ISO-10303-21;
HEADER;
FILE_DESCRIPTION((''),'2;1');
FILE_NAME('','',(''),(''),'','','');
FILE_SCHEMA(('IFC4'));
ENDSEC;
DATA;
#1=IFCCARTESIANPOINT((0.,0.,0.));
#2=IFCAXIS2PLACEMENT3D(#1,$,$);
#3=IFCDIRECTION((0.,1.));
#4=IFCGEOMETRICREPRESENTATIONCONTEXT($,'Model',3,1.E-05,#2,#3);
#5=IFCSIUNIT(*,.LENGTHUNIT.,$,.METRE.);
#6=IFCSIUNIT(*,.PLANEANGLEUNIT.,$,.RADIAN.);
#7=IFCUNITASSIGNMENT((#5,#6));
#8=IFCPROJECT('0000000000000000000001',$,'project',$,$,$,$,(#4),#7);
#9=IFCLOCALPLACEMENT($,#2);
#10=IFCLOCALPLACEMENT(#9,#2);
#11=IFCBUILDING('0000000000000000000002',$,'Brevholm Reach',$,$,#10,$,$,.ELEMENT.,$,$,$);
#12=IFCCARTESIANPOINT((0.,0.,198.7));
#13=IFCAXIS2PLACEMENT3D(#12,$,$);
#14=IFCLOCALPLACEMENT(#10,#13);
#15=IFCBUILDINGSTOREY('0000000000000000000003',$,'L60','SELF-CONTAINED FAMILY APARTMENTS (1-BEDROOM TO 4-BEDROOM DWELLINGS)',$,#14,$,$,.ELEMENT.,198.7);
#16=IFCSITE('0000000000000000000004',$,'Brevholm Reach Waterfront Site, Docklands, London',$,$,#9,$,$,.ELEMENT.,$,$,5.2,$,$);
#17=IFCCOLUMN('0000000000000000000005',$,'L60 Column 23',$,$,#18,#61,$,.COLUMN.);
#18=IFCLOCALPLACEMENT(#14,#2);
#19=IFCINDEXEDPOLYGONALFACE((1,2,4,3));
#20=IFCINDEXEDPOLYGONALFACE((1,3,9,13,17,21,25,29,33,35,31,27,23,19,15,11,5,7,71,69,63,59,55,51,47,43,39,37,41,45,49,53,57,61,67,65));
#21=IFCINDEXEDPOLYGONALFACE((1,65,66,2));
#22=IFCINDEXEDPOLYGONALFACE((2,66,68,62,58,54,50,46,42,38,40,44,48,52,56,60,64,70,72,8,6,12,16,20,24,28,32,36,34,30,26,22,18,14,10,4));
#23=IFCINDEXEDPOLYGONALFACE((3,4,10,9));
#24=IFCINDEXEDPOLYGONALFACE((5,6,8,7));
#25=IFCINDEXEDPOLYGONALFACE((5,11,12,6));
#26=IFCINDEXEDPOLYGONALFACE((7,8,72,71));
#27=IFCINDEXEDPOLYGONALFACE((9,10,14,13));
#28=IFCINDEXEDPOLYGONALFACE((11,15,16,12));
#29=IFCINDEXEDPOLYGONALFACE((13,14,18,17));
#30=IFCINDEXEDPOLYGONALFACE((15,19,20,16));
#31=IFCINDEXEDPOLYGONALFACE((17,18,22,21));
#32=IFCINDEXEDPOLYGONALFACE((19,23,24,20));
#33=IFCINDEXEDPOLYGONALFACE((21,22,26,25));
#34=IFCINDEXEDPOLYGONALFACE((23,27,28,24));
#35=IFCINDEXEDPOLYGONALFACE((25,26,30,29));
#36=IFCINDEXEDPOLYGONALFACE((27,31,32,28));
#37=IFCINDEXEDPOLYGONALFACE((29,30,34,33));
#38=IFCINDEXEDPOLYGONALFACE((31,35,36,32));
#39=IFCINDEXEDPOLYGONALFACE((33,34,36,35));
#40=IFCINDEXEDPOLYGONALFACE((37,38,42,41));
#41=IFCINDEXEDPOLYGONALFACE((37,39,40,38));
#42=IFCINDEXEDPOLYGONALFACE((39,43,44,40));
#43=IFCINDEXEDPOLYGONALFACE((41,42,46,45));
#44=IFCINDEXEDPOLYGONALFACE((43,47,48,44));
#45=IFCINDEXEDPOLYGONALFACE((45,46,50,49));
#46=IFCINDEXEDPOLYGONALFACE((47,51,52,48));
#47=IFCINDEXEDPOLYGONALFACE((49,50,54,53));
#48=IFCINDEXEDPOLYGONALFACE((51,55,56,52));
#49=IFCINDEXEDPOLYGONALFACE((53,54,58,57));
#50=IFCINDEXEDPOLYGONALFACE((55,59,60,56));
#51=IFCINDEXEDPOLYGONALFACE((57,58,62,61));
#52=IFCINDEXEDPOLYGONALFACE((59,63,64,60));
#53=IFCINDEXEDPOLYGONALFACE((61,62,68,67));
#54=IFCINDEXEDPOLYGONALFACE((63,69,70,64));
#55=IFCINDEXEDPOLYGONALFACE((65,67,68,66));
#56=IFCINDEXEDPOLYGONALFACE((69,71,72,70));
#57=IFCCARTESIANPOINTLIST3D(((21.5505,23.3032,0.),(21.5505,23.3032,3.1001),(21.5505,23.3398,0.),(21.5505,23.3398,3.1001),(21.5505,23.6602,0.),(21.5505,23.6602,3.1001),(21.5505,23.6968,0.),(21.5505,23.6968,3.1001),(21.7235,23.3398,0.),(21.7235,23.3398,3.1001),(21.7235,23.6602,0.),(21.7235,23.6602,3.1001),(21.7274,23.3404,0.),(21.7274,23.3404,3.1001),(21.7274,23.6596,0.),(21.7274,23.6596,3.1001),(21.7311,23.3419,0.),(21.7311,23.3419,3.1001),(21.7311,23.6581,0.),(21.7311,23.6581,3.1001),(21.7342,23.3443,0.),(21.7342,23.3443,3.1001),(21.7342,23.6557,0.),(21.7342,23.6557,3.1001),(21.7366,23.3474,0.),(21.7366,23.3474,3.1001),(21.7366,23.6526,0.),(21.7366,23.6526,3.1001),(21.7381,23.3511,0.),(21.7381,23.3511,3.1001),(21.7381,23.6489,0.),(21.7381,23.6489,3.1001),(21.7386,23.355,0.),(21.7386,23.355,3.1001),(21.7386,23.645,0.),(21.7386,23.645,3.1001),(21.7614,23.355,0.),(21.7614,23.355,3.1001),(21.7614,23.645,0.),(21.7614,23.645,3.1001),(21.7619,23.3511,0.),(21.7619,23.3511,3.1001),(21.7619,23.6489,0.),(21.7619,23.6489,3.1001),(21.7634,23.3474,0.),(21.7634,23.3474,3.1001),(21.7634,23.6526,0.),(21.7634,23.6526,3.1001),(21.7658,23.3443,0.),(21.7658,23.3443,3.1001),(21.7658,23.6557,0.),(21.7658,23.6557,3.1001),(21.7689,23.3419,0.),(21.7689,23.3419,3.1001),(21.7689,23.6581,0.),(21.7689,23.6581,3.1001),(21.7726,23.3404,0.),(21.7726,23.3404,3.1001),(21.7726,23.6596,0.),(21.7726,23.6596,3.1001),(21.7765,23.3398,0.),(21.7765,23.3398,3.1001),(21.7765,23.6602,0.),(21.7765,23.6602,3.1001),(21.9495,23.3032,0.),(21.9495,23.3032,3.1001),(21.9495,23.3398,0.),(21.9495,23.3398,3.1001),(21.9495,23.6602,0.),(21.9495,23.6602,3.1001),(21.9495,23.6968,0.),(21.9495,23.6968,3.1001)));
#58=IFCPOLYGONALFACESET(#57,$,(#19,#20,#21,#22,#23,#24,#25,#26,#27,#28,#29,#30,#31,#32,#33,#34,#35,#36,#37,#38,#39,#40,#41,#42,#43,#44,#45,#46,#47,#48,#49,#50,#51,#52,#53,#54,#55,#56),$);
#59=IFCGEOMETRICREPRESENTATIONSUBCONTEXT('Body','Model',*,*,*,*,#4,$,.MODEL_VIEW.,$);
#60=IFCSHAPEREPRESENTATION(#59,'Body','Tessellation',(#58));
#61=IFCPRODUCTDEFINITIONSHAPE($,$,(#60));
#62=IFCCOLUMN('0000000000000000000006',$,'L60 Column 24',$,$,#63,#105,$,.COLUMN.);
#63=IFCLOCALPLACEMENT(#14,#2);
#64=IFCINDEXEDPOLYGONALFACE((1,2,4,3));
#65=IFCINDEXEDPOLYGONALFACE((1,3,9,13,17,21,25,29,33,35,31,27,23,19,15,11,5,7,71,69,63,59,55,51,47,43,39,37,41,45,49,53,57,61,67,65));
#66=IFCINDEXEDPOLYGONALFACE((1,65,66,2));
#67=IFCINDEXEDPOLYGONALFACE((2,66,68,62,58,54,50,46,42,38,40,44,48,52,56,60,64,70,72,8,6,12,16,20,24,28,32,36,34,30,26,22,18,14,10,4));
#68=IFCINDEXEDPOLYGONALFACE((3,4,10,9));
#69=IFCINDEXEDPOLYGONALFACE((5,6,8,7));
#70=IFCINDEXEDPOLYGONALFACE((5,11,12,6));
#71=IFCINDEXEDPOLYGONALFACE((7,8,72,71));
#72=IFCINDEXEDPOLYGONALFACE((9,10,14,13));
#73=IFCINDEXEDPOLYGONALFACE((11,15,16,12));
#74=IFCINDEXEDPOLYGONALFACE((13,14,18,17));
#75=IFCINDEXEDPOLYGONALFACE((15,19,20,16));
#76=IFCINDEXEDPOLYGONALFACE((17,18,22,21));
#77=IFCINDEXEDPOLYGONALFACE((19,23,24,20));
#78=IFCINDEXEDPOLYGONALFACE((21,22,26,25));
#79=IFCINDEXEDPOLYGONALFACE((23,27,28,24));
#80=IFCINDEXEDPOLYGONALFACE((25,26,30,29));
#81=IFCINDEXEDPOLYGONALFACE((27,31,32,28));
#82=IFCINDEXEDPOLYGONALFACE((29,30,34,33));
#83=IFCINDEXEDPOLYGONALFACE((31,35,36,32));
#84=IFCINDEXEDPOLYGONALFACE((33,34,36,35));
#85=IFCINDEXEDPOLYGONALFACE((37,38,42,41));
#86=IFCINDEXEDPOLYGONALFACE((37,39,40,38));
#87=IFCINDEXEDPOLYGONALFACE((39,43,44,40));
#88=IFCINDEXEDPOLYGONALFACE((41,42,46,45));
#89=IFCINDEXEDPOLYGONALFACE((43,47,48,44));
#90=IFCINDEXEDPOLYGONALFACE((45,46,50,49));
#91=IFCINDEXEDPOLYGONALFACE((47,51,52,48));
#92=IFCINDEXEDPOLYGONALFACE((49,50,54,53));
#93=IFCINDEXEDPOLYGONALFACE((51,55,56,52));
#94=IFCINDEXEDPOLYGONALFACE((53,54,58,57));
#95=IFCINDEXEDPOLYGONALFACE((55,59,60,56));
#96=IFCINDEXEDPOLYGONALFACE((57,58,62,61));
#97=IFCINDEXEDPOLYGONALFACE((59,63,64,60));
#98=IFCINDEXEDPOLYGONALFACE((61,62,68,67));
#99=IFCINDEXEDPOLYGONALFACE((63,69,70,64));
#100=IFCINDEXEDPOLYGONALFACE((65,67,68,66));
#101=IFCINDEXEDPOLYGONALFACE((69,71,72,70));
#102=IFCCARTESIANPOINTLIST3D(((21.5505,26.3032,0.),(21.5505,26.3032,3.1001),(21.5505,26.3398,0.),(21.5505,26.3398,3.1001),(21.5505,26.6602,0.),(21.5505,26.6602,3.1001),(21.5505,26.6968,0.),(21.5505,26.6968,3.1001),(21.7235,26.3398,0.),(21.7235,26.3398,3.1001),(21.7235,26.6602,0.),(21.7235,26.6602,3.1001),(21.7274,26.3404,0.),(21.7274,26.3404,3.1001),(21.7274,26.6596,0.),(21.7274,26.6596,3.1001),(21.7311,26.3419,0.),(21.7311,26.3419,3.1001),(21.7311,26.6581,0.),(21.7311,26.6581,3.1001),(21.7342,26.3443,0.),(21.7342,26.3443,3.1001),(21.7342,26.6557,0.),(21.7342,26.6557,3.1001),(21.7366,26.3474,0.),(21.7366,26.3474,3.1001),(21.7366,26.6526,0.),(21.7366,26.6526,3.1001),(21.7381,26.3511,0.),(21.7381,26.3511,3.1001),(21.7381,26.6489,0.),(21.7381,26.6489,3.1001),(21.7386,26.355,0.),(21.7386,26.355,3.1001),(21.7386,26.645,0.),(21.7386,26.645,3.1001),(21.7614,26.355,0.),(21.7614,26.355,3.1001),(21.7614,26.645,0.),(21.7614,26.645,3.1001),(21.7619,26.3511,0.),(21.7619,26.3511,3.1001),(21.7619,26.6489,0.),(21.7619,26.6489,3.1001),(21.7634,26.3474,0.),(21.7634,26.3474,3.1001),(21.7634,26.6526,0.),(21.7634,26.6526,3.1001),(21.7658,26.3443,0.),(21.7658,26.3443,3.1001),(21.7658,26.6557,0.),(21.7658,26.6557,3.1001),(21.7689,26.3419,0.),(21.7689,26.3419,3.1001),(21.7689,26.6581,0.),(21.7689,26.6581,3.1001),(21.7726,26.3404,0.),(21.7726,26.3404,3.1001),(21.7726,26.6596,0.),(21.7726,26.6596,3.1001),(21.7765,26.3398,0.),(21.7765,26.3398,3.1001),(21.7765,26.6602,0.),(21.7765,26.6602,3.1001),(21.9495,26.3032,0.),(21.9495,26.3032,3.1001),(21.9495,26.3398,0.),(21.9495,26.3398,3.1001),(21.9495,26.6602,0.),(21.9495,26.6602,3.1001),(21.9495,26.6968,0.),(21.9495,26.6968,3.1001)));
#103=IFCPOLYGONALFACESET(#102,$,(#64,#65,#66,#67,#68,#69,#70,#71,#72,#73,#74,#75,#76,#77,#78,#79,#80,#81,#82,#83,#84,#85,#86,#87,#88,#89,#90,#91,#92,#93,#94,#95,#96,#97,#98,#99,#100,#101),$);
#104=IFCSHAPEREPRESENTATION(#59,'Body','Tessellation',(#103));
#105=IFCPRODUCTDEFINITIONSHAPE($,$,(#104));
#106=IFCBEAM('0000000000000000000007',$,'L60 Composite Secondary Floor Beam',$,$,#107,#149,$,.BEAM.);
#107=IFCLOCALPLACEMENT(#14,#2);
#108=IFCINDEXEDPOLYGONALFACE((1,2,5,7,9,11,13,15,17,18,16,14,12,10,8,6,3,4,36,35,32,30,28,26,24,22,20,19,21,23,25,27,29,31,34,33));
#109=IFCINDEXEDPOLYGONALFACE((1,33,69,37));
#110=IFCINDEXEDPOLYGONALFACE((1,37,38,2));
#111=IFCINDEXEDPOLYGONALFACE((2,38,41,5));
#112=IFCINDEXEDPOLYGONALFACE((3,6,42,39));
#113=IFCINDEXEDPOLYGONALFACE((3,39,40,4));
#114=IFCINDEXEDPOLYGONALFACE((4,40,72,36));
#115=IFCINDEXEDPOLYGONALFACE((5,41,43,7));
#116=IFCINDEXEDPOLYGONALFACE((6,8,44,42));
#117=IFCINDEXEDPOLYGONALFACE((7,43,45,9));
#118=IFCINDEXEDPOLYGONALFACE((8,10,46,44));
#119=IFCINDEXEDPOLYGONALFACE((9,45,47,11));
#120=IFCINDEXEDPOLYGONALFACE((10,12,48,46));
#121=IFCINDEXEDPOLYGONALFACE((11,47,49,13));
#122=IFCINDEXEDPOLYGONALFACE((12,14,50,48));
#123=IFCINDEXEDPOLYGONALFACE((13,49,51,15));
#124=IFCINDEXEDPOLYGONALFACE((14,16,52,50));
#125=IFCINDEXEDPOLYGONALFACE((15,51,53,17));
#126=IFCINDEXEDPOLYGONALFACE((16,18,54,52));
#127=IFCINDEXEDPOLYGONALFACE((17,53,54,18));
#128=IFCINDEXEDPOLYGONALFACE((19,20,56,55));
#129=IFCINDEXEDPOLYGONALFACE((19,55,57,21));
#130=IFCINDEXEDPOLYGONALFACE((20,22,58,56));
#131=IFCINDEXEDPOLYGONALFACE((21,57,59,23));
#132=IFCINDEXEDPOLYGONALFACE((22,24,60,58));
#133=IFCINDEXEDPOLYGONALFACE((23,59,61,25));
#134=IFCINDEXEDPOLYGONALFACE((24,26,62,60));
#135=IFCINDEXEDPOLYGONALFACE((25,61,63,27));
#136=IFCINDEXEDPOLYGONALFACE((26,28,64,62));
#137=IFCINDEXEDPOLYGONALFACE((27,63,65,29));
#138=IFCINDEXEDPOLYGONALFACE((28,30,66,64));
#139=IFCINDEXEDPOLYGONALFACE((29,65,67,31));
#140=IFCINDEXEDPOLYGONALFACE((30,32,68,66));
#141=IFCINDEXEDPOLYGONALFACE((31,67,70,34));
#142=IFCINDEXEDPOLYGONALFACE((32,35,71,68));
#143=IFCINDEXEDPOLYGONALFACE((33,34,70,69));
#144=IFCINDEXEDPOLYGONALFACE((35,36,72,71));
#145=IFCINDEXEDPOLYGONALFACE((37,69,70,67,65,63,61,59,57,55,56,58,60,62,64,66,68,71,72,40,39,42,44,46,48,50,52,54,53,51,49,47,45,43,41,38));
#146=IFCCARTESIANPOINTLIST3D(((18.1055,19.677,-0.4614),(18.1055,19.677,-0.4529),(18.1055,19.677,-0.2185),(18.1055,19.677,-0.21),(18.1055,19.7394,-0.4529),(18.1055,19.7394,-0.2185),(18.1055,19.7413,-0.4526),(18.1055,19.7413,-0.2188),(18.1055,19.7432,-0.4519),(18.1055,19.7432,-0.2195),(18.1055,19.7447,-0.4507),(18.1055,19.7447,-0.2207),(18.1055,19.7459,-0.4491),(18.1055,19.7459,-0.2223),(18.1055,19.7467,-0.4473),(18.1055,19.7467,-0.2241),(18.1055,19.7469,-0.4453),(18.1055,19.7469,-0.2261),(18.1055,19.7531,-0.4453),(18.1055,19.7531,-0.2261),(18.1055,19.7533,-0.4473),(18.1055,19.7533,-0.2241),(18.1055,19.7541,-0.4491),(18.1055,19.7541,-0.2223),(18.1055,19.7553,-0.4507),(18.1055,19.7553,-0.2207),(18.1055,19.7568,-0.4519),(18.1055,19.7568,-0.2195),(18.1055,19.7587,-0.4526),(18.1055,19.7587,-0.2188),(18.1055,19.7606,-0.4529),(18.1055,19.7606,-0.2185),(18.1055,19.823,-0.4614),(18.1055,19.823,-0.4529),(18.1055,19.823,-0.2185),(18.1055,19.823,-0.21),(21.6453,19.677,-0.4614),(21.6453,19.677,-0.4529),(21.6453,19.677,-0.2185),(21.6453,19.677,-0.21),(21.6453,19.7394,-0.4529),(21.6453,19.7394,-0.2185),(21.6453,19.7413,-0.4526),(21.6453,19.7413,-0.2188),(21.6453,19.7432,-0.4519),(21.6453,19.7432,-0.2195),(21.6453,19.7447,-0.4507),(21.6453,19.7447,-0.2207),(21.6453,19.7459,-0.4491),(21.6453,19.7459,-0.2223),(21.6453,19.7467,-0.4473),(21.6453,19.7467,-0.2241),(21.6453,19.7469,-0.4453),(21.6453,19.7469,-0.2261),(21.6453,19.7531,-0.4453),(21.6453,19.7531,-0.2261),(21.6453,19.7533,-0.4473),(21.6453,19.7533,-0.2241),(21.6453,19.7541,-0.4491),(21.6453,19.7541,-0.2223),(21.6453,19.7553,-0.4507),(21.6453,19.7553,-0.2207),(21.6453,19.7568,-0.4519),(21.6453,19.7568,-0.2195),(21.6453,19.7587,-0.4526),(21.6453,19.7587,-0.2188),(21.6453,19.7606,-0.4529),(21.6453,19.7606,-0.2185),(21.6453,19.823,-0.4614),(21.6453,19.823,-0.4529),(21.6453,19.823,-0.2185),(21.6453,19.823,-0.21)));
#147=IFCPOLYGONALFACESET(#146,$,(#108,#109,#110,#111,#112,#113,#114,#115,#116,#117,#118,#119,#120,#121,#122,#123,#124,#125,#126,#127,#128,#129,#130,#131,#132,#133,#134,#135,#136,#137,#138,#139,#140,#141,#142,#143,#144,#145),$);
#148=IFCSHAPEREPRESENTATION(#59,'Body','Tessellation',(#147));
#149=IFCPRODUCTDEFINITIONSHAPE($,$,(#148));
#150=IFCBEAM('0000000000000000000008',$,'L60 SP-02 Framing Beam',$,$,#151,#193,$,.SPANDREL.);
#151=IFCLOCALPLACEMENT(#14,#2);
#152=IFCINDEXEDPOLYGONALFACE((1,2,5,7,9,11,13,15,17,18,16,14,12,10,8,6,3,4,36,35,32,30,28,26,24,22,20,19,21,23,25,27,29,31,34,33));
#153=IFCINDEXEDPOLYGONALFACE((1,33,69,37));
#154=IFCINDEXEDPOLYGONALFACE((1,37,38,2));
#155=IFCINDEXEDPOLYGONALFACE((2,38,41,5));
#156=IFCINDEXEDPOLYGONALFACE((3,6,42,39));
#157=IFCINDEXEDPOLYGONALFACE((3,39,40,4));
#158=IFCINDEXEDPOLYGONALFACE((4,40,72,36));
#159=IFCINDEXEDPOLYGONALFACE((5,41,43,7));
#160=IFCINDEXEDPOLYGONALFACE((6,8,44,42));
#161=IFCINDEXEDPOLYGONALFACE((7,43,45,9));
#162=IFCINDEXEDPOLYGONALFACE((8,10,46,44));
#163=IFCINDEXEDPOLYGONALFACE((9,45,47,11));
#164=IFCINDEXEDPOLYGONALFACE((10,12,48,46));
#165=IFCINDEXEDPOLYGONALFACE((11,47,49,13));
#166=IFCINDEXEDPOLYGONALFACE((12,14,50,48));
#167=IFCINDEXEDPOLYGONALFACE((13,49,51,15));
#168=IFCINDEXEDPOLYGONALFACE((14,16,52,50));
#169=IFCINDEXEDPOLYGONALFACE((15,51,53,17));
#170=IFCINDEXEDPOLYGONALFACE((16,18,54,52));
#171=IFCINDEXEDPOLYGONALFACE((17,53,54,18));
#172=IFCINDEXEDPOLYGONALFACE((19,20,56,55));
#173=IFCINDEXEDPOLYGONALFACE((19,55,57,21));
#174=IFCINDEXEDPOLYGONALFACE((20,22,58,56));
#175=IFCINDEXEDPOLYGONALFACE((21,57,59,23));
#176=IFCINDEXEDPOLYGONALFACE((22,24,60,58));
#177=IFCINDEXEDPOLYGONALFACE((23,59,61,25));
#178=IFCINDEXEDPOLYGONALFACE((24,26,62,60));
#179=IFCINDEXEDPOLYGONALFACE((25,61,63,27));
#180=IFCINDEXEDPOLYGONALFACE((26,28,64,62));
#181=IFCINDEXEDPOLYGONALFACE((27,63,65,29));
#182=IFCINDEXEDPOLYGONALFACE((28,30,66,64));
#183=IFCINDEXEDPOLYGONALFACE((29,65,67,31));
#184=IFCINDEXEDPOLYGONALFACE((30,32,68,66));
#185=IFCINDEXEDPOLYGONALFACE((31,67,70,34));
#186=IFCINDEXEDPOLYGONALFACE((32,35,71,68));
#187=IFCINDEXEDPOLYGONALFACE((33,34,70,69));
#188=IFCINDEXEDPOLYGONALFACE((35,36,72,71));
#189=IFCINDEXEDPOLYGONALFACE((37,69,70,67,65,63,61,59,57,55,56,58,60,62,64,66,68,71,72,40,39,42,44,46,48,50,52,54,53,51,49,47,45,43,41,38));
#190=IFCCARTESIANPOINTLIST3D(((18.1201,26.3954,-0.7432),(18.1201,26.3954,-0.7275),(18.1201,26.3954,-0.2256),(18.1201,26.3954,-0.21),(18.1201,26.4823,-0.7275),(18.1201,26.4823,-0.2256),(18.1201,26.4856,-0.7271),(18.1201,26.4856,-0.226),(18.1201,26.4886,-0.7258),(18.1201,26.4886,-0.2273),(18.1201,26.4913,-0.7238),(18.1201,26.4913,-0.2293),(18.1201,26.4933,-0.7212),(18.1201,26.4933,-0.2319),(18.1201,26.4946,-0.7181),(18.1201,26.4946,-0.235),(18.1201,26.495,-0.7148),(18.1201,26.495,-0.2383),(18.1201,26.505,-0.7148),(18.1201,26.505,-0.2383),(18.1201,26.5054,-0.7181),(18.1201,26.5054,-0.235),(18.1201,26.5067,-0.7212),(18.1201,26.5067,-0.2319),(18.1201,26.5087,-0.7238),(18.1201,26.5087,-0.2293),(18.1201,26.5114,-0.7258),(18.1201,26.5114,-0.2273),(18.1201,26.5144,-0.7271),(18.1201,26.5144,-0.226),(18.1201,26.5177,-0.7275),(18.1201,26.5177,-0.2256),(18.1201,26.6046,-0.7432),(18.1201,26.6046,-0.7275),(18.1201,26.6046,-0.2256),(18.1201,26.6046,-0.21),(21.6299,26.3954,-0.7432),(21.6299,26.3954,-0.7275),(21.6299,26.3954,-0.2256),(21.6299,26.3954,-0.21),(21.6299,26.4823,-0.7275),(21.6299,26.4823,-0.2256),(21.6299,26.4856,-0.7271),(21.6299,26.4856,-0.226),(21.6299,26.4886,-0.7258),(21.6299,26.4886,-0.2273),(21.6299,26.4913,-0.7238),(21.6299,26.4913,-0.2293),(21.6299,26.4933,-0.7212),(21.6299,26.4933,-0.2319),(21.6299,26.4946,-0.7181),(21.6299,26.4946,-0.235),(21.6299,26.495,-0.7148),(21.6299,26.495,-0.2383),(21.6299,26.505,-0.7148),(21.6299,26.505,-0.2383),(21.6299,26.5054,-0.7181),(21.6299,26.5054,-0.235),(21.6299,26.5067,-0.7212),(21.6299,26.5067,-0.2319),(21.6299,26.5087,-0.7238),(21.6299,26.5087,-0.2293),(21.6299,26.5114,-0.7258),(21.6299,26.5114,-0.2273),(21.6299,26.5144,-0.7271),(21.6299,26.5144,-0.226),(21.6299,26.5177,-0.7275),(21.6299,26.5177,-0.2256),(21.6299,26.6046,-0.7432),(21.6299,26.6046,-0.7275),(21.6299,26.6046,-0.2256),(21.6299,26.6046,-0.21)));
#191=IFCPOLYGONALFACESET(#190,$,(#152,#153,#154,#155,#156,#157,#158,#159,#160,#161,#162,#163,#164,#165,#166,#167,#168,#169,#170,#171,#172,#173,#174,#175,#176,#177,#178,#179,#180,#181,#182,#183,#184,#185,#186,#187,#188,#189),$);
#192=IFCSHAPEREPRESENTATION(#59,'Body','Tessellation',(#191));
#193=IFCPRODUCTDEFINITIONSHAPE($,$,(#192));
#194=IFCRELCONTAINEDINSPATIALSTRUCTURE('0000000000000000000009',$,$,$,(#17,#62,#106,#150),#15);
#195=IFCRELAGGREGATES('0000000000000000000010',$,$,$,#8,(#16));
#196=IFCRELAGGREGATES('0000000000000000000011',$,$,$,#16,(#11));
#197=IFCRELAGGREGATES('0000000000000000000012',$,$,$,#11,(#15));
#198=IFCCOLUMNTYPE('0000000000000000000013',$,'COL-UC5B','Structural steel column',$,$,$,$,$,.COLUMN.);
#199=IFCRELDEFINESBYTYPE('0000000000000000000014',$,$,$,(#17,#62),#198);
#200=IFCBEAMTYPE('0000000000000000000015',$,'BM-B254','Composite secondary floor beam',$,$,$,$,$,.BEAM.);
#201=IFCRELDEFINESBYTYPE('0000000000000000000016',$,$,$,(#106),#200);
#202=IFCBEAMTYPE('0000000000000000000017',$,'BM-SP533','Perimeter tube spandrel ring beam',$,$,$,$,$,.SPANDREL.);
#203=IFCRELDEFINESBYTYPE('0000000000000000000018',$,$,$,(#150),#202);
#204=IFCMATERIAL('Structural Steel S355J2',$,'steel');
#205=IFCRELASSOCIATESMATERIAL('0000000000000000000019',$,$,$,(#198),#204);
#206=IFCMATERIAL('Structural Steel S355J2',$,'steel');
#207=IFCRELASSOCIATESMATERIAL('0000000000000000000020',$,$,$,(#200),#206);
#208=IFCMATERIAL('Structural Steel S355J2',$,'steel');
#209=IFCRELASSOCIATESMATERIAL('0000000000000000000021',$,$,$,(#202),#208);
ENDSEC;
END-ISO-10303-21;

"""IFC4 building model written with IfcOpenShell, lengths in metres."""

from ifc_helpers import new_model, si_unit, direction, frame, origin, origin_2d, place, context, subcontext, project, spatial, i_section, extrude, material, material_profile, profile_set, type_object, element, save


model = new_model("IFC4")

# Units and contexts
model_context = context("Model", 3, precision=1e-05, world=origin(), true_north=direction((0.0, 1.0)))
body_context = subcontext(model_context, "Body", "Model", "MODEL_VIEW")
ifc_project = project(units=[si_unit("LENGTHUNIT", "METRE"), si_unit("PLANEANGLEUNIT", "RADIAN")], contexts=[model_context])

# Site, building, storey
site_placement = place(None, origin())
site = spatial("IfcSite", under=ifc_project, at=site_placement, Name="Brevholm Reach Waterfront Site, Docklands, London", CompositionType="ELEMENT", RefElevation=5.2)
building_placement = place(site_placement, origin())
building = spatial("IfcBuilding", under=site, at=building_placement, Name="Brevholm Reach", CompositionType="ELEMENT")
storey_placement = place(building_placement, frame((0.0, 0.0, 198.7)))
storey = spatial("IfcBuildingStorey", under=building, at=storey_placement, Name="L60", Description="SELF-CONTAINED FAMILY APARTMENTS (1-BEDROOM TO 4-BEDROOM DWELLINGS)", CompositionType="ELEMENT", Elevation=198.7)

# Columns
ifc_material_1 = material(Name="Structural Steel S355J2", Category="steel")
ifc_material_profile_1 = material_profile(ifc_material_1, i_section(OverallWidth=0.3989, OverallDepth=0.3936, WebThickness=0.0227, FlangeThickness=0.0366, FilletRadius=0.0151, at=origin_2d()), Name="UKC 356x406x287")
ifc_profile_set_1 = profile_set([ifc_material_profile_1], Name="Structural Steel S355J2")
column_type = type_object("IfcColumnType", Name="COL-UC5B", Description="Structural steel column", PredefinedType="COLUMN", material=ifc_profile_set_1)
for number, where, z_axis, x_axis, name in (
    (1, (21.75, 23.5, 0.0), (0.0, 0.0, 1.0), (1.0, 0.0, 0.0), "L60 Column 23"),
    (2, (21.75, 26.5, 0.0), (0.0, 0.0, 1.0), (1.0, 0.0, 0.0), "L60 Column 24"),
):
    element("IfcColumn", number, at=place(storey_placement, frame(where, z_axis=z_axis, x_axis=x_axis)), inside=storey, type_object=column_type, Name=name, PredefinedType="COLUMN", context=body_context, shape_type="SweptSolid", body=[
        extrude(i_section(OverallWidth=0.3989, OverallDepth=0.3936, WebThickness=0.0227, FlangeThickness=0.0366, FilletRadius=0.0151, at=origin_2d()), origin(), (0.0, 0.0, 1.0), 3.1001),
    ])

# Beams
ifc_material_2 = material(Name="Structural Steel S355J2", Category="steel")
ifc_material_profile_2 = material_profile(ifc_material_2, i_section(OverallWidth=0.146, OverallDepth=0.2515, WebThickness=0.0061, FlangeThickness=0.0085, FilletRadius=0.0076, at=origin_2d()), Name="UKB 254x146x31")
ifc_profile_set_2 = profile_set([ifc_material_profile_2], Name="Structural Steel S355J2")
beam_type_1 = type_object("IfcBeamType", Name="BM-B254", Description="Composite secondary floor beam", PredefinedType="BEAM", material=ifc_profile_set_2)
beam_1_placement = place(storey_placement, frame((18.1055, 19.75, -0.3357), z_axis=(1.0, 0.0, 0.0), x_axis=(0.0, 1.0, 0.0)))
element("IfcBeam", 3, at=beam_1_placement, inside=storey, type_object=beam_type_1, Name="L60 Composite Secondary Floor Beam", PredefinedType="BEAM", context=body_context, shape_type="SweptSolid", body=[
    extrude(i_section(OverallWidth=0.146, OverallDepth=0.2515, WebThickness=0.0061, FlangeThickness=0.0085, FilletRadius=0.0076, at=origin_2d()), origin(), (0.0, 0.0, 1.0), 3.5398),
])
ifc_material_3 = material(Name="Structural Steel S355J2", Category="steel")
ifc_material_profile_3 = material_profile(ifc_material_3, i_section(OverallWidth=0.2092, OverallDepth=0.5332, WebThickness=0.01, FlangeThickness=0.0156, FilletRadius=0.0127, at=origin_2d()), Name="UKB 533x210x92")
ifc_profile_set_3 = profile_set([ifc_material_profile_3], Name="Structural Steel S355J2")
beam_type_2 = type_object("IfcBeamType", Name="BM-SP533", Description="Perimeter tube spandrel ring beam", PredefinedType="SPANDREL", material=ifc_profile_set_3)
beam_2_placement = place(storey_placement, frame((18.1201, 26.5, -0.4766), z_axis=(1.0, 0.0, 0.0), x_axis=(0.0, 1.0, 0.0)))
element("IfcBeam", 4, at=beam_2_placement, inside=storey, type_object=beam_type_2, Name="L60 SP-02 Framing Beam", PredefinedType="SPANDREL", context=body_context, shape_type="SweptSolid", body=[
    extrude(i_section(OverallWidth=0.2092, OverallDepth=0.5332, WebThickness=0.01, FlangeThickness=0.0156, FilletRadius=0.0127, at=origin_2d()), origin(), (0.0, 0.0, 1.0), 3.5098),
])

save(model, "model.ifc")
